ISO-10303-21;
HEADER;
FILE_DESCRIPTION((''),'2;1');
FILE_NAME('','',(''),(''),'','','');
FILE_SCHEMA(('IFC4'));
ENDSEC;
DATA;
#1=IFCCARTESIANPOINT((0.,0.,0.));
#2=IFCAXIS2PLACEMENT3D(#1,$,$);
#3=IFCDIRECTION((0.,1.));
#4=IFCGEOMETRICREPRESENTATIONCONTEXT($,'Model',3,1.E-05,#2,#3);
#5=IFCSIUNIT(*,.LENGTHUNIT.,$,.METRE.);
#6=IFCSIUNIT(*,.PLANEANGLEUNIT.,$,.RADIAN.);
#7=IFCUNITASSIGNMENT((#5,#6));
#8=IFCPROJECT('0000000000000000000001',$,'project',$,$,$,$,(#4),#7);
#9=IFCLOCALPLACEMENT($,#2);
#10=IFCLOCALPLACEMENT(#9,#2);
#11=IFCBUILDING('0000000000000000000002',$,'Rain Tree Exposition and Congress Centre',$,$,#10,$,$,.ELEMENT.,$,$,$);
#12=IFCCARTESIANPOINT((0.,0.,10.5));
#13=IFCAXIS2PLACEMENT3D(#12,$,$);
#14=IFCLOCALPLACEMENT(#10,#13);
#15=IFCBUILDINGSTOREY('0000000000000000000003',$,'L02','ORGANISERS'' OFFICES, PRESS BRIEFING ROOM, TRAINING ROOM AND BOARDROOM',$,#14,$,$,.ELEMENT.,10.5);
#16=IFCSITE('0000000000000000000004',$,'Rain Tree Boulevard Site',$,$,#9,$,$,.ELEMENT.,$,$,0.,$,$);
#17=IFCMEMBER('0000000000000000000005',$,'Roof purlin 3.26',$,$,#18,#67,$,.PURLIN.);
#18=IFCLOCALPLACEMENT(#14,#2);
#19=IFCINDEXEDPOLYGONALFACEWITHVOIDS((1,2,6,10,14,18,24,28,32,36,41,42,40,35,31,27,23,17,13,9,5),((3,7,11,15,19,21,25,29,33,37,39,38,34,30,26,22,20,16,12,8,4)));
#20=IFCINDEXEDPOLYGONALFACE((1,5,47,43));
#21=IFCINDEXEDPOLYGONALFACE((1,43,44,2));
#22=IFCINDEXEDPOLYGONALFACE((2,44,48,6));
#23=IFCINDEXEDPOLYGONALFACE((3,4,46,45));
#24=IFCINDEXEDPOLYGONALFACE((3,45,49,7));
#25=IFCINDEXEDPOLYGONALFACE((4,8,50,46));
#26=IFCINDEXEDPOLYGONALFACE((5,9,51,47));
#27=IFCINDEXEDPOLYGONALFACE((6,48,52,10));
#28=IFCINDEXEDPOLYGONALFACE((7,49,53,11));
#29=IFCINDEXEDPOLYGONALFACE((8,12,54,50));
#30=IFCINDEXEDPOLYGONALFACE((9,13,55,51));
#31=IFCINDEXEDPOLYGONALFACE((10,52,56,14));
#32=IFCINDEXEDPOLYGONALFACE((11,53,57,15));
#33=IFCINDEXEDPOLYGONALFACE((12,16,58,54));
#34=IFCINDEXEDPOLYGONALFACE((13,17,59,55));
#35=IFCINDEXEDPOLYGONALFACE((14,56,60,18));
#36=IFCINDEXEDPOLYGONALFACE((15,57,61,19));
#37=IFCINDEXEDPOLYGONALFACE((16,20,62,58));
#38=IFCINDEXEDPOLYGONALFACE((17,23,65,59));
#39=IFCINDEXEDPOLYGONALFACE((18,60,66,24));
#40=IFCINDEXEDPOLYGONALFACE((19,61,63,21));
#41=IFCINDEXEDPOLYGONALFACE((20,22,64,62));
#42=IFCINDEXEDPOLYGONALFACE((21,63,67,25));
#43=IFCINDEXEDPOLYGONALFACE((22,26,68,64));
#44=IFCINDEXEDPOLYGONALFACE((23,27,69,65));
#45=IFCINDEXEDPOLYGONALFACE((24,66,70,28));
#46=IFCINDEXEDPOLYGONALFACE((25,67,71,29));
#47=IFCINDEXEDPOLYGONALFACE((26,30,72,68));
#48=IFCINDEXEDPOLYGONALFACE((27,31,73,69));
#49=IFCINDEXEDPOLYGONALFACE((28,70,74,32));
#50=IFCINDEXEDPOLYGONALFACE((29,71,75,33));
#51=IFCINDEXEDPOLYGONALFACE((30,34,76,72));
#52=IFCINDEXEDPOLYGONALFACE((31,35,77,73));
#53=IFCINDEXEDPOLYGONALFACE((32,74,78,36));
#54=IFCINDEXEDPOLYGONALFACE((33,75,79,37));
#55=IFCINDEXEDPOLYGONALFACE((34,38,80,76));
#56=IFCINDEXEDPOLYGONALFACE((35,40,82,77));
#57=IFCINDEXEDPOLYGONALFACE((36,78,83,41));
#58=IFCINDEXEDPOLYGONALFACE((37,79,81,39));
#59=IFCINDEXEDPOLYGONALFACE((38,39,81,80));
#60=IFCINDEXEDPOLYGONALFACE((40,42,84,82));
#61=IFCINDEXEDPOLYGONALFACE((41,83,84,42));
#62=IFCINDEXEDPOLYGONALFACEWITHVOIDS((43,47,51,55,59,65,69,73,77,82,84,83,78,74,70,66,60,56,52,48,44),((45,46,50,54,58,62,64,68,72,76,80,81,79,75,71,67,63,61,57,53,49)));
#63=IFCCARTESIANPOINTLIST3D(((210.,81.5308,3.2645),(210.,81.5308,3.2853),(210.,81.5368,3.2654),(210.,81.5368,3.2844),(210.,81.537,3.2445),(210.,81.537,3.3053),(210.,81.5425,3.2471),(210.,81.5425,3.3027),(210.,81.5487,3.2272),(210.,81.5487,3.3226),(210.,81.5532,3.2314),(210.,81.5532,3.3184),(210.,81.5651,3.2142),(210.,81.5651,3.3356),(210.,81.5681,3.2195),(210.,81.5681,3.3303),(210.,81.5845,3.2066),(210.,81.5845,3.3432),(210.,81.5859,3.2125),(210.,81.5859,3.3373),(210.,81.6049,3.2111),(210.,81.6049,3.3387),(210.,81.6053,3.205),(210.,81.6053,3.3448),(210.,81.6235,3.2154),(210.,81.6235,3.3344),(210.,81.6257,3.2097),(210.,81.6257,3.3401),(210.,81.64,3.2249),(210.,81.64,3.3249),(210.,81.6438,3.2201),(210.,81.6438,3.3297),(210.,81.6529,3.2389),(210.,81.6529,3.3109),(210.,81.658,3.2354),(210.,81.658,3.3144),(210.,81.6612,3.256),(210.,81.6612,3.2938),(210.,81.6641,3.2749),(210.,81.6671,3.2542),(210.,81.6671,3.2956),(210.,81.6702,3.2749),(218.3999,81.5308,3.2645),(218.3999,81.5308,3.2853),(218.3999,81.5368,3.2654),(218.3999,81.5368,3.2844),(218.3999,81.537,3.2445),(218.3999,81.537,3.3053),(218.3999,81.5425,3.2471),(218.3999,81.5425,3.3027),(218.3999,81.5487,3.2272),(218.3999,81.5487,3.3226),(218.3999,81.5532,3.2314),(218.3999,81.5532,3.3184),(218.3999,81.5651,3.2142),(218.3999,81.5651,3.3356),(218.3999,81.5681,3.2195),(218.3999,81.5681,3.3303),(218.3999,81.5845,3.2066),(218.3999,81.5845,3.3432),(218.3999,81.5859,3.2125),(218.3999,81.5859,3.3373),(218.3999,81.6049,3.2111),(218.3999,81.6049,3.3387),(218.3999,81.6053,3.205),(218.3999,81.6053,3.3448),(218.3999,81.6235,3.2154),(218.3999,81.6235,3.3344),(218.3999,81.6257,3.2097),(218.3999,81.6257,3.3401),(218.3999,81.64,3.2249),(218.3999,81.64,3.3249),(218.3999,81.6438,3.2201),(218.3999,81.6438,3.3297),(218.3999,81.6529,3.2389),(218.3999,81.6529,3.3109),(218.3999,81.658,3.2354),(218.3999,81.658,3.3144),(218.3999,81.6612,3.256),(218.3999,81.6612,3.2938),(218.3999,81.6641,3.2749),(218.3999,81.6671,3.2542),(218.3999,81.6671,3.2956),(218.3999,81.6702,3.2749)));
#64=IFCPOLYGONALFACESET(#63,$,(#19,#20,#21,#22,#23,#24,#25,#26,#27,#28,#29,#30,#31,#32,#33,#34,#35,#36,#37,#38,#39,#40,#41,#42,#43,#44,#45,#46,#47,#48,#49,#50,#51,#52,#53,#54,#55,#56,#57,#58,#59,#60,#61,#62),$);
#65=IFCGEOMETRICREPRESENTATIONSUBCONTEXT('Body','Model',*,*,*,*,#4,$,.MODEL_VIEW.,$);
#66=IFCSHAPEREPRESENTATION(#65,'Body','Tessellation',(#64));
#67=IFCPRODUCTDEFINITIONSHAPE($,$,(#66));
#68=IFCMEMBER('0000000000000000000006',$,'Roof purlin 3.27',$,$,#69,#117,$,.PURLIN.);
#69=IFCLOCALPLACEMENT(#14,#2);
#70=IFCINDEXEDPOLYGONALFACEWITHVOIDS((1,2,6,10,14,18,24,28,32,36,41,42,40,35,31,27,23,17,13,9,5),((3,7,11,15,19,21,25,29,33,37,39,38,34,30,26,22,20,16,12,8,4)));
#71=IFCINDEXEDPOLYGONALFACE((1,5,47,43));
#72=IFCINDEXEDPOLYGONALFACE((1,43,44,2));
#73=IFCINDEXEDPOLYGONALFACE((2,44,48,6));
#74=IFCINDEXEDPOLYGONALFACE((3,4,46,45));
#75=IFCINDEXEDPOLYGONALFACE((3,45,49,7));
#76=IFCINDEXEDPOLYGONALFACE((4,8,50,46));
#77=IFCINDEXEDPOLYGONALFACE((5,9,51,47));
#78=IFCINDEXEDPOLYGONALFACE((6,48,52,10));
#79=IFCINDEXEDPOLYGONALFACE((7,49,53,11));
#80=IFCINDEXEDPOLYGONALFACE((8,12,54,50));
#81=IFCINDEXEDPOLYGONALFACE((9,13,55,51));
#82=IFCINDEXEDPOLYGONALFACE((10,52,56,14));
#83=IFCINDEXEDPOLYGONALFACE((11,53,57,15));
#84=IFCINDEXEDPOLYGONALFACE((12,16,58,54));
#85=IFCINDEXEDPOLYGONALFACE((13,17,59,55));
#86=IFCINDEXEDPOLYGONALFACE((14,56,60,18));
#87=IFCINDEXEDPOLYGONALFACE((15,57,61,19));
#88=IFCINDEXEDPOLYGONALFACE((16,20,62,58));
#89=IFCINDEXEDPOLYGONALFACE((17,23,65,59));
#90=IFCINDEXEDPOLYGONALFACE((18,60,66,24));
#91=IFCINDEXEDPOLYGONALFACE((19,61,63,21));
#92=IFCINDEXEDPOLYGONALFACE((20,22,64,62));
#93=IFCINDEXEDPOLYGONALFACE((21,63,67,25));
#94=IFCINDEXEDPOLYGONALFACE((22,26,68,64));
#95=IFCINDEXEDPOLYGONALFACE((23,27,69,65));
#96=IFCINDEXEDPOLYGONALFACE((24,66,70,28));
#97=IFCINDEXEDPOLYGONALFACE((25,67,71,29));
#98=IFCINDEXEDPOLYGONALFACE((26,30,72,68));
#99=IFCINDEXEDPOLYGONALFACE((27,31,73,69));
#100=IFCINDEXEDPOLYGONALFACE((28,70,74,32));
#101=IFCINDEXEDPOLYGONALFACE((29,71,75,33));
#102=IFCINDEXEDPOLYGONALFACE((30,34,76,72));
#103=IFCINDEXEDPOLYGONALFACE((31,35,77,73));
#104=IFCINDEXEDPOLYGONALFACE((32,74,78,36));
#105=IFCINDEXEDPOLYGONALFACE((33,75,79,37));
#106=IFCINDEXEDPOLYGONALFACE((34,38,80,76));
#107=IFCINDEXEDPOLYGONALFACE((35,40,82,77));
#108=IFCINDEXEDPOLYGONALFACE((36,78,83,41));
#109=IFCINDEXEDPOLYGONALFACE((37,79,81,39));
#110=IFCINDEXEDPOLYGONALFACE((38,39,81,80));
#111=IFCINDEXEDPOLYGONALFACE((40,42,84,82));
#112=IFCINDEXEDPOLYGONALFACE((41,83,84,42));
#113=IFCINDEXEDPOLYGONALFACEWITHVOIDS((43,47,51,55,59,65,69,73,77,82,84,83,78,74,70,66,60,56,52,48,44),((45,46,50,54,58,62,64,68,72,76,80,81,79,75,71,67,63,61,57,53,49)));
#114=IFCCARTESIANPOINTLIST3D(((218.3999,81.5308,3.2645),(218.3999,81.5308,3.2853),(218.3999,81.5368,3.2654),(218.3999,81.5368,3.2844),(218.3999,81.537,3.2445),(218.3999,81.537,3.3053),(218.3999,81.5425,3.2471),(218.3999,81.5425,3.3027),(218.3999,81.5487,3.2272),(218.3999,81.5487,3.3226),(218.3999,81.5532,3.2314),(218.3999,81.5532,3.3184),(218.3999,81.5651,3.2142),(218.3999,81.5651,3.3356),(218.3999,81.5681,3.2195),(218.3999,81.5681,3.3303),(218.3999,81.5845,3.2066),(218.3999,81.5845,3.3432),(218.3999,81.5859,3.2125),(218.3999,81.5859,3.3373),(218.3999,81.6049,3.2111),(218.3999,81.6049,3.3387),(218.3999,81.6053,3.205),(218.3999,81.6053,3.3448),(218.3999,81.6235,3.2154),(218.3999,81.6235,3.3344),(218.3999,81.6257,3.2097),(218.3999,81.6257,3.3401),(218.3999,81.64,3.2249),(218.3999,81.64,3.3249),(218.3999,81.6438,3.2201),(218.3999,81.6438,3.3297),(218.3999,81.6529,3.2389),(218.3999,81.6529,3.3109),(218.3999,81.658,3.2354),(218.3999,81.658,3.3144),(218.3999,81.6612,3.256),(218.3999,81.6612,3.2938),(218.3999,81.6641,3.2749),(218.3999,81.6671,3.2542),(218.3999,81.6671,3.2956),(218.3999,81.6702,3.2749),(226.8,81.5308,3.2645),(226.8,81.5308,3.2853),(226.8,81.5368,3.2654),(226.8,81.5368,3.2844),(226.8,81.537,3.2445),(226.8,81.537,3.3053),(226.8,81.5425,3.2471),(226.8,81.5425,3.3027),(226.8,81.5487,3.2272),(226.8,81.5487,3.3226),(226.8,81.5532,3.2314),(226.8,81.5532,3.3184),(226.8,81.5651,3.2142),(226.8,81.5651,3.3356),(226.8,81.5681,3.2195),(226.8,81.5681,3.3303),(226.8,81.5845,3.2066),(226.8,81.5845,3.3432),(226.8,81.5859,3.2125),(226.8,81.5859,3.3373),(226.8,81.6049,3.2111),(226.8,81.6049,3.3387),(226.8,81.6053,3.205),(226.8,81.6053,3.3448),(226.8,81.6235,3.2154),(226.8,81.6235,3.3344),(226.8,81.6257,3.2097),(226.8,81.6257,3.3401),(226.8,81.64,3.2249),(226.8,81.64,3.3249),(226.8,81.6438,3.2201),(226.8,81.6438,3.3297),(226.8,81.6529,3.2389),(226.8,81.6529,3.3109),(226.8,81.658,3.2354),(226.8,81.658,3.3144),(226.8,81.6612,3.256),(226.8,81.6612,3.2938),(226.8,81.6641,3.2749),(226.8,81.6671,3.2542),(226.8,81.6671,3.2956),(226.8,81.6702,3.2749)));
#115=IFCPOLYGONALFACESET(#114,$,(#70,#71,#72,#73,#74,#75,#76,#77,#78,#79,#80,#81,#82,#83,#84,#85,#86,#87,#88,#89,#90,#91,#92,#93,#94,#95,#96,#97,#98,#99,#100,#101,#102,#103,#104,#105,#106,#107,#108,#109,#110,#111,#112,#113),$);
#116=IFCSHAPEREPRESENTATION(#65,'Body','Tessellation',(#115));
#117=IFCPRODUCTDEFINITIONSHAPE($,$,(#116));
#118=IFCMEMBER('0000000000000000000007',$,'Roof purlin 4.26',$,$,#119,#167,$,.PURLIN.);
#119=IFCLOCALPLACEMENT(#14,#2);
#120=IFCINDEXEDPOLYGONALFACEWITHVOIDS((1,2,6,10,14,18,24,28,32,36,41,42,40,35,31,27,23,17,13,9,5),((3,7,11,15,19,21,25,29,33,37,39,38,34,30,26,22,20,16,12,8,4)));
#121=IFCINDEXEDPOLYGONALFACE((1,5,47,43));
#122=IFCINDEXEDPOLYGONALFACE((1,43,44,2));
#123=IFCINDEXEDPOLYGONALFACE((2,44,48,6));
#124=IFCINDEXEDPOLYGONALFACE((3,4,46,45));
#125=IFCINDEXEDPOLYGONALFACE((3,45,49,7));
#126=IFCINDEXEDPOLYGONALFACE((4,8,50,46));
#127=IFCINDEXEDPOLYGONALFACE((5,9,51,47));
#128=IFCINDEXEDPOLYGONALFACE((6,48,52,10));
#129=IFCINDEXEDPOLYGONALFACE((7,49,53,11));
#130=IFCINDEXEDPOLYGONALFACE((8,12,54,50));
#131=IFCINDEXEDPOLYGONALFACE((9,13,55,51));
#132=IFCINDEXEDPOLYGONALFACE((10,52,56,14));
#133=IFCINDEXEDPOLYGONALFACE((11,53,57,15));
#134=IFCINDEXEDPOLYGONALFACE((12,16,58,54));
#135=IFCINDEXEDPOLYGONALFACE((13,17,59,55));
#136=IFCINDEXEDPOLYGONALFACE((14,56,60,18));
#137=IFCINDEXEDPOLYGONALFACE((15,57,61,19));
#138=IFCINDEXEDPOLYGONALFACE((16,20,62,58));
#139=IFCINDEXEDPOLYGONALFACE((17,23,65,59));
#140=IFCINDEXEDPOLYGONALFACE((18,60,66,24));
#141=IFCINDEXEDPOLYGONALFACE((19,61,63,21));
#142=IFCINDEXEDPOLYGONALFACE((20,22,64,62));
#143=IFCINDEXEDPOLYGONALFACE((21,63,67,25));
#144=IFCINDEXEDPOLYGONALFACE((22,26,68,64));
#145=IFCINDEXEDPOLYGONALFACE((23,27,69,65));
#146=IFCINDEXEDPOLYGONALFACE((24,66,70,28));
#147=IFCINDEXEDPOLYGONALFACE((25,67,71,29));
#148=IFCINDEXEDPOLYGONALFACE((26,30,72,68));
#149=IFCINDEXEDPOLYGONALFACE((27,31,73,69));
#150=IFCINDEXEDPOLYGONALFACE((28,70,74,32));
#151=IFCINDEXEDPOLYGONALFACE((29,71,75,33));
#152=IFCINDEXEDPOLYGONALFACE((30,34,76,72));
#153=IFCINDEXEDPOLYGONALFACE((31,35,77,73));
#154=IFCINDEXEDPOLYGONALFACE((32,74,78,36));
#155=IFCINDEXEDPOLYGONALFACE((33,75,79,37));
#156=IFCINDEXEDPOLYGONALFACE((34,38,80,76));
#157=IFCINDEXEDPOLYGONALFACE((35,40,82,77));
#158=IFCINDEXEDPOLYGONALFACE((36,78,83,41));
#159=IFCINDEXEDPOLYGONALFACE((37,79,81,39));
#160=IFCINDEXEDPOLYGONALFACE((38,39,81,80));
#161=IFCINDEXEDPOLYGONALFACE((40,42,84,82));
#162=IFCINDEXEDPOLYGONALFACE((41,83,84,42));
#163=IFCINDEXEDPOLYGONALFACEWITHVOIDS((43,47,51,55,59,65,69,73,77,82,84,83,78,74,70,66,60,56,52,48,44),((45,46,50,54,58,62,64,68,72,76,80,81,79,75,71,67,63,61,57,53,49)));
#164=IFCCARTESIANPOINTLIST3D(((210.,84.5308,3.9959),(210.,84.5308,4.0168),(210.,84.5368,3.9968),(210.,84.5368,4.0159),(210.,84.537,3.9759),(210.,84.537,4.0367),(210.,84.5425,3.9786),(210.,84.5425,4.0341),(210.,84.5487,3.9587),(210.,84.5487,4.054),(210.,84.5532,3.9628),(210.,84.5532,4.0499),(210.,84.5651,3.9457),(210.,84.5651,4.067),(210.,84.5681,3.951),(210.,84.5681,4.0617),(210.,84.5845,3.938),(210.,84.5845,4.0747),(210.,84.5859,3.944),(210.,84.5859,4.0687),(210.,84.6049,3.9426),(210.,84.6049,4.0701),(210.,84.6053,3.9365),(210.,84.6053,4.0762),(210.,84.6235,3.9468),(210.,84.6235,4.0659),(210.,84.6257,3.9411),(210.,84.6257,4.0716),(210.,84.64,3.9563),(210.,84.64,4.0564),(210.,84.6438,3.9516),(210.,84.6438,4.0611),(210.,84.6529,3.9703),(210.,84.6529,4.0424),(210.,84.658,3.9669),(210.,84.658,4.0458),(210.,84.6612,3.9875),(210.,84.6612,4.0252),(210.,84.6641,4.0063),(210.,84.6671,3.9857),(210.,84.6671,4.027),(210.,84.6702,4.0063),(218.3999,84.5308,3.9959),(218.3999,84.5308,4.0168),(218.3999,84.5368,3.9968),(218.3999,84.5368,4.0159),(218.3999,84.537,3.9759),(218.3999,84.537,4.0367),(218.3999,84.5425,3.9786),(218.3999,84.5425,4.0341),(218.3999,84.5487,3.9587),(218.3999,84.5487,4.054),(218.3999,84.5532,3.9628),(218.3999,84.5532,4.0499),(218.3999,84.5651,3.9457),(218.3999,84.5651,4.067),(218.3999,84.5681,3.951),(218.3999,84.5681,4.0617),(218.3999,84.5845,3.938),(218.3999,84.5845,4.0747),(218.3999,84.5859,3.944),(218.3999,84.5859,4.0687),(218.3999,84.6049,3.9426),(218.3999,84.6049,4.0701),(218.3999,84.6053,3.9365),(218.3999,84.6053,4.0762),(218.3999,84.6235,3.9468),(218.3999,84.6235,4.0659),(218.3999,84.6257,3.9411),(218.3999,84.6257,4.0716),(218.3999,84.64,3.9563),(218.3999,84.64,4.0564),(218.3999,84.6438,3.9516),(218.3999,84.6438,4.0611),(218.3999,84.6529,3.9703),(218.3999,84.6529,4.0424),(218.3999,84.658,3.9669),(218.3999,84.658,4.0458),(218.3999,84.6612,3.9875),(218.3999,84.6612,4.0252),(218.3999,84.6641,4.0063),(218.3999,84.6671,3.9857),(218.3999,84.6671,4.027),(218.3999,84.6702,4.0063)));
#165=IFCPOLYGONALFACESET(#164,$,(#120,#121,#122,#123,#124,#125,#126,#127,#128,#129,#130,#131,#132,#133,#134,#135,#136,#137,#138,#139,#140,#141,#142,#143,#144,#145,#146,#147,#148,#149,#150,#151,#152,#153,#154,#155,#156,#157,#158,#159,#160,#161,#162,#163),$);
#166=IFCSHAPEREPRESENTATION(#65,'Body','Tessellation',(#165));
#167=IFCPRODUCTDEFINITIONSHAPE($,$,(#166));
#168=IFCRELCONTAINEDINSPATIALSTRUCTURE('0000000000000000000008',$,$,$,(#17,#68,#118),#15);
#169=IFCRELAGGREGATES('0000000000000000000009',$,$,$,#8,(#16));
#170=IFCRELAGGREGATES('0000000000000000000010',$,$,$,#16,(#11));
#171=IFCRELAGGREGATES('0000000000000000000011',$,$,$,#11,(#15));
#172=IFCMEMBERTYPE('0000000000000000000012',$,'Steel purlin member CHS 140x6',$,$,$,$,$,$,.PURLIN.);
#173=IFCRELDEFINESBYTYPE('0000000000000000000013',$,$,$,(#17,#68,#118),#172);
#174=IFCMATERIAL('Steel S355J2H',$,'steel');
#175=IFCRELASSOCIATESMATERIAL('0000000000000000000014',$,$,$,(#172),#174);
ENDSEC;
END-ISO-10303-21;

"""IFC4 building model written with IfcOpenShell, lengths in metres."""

from ifc_helpers import new_model, si_unit, direction, frame, origin, origin_2d, place, context, subcontext, project, spatial, hollow_circle, extrude, material, material_profile, profile_set, type_object, element, save


model = new_model("IFC4")

# Units and contexts
model_context = context("Model", 3, precision=1e-05, world=origin(), true_north=direction((0.0, 1.0)))
body_context = subcontext(model_context, "Body", "Model", "MODEL_VIEW")
ifc_project = project(units=[si_unit("LENGTHUNIT", "METRE"), si_unit("PLANEANGLEUNIT", "RADIAN")], contexts=[model_context])

# Site, building, storey
site_placement = place(None, origin())
site = spatial("IfcSite", under=ifc_project, at=site_placement, Name="Rain Tree Boulevard Site", CompositionType="ELEMENT", RefElevation=0.0)
building_placement = place(site_placement, origin())
building = spatial("IfcBuilding", under=site, at=building_placement, Name="Rain Tree Exposition and Congress Centre", CompositionType="ELEMENT")
storey_placement = place(building_placement, frame((0.0, 0.0, 10.5)))
storey = spatial("IfcBuildingStorey", under=building, at=storey_placement, Name="L02", Description="ORGANISERS' OFFICES, PRESS BRIEFING ROOM, TRAINING ROOM AND BOARDROOM", CompositionType="ELEMENT", Elevation=10.5)

# Members
ifc_material_1 = material(Name="Steel S355J2H", Category="steel")
ifc_material_profile_1 = material_profile(ifc_material_1, hollow_circle(Radius=0.0701, WallThickness=0.0061, at=origin_2d()), Name="CHS 140x6")
ifc_profile_set_1 = profile_set([ifc_material_profile_1], Name="Steel S355J2H")
member_type_1 = type_object("IfcMemberType", Name="Steel purlin member CHS 140x6", PredefinedType="PURLIN", material=ifc_profile_set_1)
member_1_placement = place(storey_placement, frame((210.0, 81.6001, 3.2749), z_axis=(1.0, 0.0, 0.0), x_axis=(0.0, 1.0, 0.0)))
element("IfcMember", 1, at=member_1_placement, inside=storey, type_object=member_type_1, Name="Roof purlin 3.26", PredefinedType="PURLIN", context=body_context, shape_type="SweptSolid", body=[
    extrude(hollow_circle(Radius=0.0701, WallThickness=0.0061, at=origin_2d()), origin(), (0.0, 0.0, 1.0), 8.3999),
])
member_2_placement = place(storey_placement, frame((218.3999, 81.6001, 3.2749), z_axis=(1.0, 0.0, 0.0), x_axis=(0.0, 1.0, 0.0)))
element("IfcMember", 2, at=member_2_placement, inside=storey, type_object=member_type_1, Name="Roof purlin 3.27", PredefinedType="PURLIN", context=body_context, shape_type="SweptSolid", body=[
    extrude(hollow_circle(Radius=0.0701, WallThickness=0.0061, at=origin_2d()), origin(), (0.0, 0.0, 1.0), 8.4001),
])
for number, where, z_axis, x_axis, name in (
    (3, (210.0, 84.6001, 4.0063), (1.0, 0.0, 0.0), (0.0, 1.0, 0.0), "Roof purlin 4.26"),
):
    element("IfcMember", number, at=place(storey_placement, frame(where, z_axis=z_axis, x_axis=x_axis)), inside=storey, type_object=member_type_1, Name=name, PredefinedType="PURLIN", context=body_context, shape_type="SweptSolid", body=[
        extrude(hollow_circle(Radius=0.0701, WallThickness=0.0061, at=origin_2d()), origin(), (0.0, 0.0, 1.0), 8.3999),
    ])

save(model, "model.ifc")
